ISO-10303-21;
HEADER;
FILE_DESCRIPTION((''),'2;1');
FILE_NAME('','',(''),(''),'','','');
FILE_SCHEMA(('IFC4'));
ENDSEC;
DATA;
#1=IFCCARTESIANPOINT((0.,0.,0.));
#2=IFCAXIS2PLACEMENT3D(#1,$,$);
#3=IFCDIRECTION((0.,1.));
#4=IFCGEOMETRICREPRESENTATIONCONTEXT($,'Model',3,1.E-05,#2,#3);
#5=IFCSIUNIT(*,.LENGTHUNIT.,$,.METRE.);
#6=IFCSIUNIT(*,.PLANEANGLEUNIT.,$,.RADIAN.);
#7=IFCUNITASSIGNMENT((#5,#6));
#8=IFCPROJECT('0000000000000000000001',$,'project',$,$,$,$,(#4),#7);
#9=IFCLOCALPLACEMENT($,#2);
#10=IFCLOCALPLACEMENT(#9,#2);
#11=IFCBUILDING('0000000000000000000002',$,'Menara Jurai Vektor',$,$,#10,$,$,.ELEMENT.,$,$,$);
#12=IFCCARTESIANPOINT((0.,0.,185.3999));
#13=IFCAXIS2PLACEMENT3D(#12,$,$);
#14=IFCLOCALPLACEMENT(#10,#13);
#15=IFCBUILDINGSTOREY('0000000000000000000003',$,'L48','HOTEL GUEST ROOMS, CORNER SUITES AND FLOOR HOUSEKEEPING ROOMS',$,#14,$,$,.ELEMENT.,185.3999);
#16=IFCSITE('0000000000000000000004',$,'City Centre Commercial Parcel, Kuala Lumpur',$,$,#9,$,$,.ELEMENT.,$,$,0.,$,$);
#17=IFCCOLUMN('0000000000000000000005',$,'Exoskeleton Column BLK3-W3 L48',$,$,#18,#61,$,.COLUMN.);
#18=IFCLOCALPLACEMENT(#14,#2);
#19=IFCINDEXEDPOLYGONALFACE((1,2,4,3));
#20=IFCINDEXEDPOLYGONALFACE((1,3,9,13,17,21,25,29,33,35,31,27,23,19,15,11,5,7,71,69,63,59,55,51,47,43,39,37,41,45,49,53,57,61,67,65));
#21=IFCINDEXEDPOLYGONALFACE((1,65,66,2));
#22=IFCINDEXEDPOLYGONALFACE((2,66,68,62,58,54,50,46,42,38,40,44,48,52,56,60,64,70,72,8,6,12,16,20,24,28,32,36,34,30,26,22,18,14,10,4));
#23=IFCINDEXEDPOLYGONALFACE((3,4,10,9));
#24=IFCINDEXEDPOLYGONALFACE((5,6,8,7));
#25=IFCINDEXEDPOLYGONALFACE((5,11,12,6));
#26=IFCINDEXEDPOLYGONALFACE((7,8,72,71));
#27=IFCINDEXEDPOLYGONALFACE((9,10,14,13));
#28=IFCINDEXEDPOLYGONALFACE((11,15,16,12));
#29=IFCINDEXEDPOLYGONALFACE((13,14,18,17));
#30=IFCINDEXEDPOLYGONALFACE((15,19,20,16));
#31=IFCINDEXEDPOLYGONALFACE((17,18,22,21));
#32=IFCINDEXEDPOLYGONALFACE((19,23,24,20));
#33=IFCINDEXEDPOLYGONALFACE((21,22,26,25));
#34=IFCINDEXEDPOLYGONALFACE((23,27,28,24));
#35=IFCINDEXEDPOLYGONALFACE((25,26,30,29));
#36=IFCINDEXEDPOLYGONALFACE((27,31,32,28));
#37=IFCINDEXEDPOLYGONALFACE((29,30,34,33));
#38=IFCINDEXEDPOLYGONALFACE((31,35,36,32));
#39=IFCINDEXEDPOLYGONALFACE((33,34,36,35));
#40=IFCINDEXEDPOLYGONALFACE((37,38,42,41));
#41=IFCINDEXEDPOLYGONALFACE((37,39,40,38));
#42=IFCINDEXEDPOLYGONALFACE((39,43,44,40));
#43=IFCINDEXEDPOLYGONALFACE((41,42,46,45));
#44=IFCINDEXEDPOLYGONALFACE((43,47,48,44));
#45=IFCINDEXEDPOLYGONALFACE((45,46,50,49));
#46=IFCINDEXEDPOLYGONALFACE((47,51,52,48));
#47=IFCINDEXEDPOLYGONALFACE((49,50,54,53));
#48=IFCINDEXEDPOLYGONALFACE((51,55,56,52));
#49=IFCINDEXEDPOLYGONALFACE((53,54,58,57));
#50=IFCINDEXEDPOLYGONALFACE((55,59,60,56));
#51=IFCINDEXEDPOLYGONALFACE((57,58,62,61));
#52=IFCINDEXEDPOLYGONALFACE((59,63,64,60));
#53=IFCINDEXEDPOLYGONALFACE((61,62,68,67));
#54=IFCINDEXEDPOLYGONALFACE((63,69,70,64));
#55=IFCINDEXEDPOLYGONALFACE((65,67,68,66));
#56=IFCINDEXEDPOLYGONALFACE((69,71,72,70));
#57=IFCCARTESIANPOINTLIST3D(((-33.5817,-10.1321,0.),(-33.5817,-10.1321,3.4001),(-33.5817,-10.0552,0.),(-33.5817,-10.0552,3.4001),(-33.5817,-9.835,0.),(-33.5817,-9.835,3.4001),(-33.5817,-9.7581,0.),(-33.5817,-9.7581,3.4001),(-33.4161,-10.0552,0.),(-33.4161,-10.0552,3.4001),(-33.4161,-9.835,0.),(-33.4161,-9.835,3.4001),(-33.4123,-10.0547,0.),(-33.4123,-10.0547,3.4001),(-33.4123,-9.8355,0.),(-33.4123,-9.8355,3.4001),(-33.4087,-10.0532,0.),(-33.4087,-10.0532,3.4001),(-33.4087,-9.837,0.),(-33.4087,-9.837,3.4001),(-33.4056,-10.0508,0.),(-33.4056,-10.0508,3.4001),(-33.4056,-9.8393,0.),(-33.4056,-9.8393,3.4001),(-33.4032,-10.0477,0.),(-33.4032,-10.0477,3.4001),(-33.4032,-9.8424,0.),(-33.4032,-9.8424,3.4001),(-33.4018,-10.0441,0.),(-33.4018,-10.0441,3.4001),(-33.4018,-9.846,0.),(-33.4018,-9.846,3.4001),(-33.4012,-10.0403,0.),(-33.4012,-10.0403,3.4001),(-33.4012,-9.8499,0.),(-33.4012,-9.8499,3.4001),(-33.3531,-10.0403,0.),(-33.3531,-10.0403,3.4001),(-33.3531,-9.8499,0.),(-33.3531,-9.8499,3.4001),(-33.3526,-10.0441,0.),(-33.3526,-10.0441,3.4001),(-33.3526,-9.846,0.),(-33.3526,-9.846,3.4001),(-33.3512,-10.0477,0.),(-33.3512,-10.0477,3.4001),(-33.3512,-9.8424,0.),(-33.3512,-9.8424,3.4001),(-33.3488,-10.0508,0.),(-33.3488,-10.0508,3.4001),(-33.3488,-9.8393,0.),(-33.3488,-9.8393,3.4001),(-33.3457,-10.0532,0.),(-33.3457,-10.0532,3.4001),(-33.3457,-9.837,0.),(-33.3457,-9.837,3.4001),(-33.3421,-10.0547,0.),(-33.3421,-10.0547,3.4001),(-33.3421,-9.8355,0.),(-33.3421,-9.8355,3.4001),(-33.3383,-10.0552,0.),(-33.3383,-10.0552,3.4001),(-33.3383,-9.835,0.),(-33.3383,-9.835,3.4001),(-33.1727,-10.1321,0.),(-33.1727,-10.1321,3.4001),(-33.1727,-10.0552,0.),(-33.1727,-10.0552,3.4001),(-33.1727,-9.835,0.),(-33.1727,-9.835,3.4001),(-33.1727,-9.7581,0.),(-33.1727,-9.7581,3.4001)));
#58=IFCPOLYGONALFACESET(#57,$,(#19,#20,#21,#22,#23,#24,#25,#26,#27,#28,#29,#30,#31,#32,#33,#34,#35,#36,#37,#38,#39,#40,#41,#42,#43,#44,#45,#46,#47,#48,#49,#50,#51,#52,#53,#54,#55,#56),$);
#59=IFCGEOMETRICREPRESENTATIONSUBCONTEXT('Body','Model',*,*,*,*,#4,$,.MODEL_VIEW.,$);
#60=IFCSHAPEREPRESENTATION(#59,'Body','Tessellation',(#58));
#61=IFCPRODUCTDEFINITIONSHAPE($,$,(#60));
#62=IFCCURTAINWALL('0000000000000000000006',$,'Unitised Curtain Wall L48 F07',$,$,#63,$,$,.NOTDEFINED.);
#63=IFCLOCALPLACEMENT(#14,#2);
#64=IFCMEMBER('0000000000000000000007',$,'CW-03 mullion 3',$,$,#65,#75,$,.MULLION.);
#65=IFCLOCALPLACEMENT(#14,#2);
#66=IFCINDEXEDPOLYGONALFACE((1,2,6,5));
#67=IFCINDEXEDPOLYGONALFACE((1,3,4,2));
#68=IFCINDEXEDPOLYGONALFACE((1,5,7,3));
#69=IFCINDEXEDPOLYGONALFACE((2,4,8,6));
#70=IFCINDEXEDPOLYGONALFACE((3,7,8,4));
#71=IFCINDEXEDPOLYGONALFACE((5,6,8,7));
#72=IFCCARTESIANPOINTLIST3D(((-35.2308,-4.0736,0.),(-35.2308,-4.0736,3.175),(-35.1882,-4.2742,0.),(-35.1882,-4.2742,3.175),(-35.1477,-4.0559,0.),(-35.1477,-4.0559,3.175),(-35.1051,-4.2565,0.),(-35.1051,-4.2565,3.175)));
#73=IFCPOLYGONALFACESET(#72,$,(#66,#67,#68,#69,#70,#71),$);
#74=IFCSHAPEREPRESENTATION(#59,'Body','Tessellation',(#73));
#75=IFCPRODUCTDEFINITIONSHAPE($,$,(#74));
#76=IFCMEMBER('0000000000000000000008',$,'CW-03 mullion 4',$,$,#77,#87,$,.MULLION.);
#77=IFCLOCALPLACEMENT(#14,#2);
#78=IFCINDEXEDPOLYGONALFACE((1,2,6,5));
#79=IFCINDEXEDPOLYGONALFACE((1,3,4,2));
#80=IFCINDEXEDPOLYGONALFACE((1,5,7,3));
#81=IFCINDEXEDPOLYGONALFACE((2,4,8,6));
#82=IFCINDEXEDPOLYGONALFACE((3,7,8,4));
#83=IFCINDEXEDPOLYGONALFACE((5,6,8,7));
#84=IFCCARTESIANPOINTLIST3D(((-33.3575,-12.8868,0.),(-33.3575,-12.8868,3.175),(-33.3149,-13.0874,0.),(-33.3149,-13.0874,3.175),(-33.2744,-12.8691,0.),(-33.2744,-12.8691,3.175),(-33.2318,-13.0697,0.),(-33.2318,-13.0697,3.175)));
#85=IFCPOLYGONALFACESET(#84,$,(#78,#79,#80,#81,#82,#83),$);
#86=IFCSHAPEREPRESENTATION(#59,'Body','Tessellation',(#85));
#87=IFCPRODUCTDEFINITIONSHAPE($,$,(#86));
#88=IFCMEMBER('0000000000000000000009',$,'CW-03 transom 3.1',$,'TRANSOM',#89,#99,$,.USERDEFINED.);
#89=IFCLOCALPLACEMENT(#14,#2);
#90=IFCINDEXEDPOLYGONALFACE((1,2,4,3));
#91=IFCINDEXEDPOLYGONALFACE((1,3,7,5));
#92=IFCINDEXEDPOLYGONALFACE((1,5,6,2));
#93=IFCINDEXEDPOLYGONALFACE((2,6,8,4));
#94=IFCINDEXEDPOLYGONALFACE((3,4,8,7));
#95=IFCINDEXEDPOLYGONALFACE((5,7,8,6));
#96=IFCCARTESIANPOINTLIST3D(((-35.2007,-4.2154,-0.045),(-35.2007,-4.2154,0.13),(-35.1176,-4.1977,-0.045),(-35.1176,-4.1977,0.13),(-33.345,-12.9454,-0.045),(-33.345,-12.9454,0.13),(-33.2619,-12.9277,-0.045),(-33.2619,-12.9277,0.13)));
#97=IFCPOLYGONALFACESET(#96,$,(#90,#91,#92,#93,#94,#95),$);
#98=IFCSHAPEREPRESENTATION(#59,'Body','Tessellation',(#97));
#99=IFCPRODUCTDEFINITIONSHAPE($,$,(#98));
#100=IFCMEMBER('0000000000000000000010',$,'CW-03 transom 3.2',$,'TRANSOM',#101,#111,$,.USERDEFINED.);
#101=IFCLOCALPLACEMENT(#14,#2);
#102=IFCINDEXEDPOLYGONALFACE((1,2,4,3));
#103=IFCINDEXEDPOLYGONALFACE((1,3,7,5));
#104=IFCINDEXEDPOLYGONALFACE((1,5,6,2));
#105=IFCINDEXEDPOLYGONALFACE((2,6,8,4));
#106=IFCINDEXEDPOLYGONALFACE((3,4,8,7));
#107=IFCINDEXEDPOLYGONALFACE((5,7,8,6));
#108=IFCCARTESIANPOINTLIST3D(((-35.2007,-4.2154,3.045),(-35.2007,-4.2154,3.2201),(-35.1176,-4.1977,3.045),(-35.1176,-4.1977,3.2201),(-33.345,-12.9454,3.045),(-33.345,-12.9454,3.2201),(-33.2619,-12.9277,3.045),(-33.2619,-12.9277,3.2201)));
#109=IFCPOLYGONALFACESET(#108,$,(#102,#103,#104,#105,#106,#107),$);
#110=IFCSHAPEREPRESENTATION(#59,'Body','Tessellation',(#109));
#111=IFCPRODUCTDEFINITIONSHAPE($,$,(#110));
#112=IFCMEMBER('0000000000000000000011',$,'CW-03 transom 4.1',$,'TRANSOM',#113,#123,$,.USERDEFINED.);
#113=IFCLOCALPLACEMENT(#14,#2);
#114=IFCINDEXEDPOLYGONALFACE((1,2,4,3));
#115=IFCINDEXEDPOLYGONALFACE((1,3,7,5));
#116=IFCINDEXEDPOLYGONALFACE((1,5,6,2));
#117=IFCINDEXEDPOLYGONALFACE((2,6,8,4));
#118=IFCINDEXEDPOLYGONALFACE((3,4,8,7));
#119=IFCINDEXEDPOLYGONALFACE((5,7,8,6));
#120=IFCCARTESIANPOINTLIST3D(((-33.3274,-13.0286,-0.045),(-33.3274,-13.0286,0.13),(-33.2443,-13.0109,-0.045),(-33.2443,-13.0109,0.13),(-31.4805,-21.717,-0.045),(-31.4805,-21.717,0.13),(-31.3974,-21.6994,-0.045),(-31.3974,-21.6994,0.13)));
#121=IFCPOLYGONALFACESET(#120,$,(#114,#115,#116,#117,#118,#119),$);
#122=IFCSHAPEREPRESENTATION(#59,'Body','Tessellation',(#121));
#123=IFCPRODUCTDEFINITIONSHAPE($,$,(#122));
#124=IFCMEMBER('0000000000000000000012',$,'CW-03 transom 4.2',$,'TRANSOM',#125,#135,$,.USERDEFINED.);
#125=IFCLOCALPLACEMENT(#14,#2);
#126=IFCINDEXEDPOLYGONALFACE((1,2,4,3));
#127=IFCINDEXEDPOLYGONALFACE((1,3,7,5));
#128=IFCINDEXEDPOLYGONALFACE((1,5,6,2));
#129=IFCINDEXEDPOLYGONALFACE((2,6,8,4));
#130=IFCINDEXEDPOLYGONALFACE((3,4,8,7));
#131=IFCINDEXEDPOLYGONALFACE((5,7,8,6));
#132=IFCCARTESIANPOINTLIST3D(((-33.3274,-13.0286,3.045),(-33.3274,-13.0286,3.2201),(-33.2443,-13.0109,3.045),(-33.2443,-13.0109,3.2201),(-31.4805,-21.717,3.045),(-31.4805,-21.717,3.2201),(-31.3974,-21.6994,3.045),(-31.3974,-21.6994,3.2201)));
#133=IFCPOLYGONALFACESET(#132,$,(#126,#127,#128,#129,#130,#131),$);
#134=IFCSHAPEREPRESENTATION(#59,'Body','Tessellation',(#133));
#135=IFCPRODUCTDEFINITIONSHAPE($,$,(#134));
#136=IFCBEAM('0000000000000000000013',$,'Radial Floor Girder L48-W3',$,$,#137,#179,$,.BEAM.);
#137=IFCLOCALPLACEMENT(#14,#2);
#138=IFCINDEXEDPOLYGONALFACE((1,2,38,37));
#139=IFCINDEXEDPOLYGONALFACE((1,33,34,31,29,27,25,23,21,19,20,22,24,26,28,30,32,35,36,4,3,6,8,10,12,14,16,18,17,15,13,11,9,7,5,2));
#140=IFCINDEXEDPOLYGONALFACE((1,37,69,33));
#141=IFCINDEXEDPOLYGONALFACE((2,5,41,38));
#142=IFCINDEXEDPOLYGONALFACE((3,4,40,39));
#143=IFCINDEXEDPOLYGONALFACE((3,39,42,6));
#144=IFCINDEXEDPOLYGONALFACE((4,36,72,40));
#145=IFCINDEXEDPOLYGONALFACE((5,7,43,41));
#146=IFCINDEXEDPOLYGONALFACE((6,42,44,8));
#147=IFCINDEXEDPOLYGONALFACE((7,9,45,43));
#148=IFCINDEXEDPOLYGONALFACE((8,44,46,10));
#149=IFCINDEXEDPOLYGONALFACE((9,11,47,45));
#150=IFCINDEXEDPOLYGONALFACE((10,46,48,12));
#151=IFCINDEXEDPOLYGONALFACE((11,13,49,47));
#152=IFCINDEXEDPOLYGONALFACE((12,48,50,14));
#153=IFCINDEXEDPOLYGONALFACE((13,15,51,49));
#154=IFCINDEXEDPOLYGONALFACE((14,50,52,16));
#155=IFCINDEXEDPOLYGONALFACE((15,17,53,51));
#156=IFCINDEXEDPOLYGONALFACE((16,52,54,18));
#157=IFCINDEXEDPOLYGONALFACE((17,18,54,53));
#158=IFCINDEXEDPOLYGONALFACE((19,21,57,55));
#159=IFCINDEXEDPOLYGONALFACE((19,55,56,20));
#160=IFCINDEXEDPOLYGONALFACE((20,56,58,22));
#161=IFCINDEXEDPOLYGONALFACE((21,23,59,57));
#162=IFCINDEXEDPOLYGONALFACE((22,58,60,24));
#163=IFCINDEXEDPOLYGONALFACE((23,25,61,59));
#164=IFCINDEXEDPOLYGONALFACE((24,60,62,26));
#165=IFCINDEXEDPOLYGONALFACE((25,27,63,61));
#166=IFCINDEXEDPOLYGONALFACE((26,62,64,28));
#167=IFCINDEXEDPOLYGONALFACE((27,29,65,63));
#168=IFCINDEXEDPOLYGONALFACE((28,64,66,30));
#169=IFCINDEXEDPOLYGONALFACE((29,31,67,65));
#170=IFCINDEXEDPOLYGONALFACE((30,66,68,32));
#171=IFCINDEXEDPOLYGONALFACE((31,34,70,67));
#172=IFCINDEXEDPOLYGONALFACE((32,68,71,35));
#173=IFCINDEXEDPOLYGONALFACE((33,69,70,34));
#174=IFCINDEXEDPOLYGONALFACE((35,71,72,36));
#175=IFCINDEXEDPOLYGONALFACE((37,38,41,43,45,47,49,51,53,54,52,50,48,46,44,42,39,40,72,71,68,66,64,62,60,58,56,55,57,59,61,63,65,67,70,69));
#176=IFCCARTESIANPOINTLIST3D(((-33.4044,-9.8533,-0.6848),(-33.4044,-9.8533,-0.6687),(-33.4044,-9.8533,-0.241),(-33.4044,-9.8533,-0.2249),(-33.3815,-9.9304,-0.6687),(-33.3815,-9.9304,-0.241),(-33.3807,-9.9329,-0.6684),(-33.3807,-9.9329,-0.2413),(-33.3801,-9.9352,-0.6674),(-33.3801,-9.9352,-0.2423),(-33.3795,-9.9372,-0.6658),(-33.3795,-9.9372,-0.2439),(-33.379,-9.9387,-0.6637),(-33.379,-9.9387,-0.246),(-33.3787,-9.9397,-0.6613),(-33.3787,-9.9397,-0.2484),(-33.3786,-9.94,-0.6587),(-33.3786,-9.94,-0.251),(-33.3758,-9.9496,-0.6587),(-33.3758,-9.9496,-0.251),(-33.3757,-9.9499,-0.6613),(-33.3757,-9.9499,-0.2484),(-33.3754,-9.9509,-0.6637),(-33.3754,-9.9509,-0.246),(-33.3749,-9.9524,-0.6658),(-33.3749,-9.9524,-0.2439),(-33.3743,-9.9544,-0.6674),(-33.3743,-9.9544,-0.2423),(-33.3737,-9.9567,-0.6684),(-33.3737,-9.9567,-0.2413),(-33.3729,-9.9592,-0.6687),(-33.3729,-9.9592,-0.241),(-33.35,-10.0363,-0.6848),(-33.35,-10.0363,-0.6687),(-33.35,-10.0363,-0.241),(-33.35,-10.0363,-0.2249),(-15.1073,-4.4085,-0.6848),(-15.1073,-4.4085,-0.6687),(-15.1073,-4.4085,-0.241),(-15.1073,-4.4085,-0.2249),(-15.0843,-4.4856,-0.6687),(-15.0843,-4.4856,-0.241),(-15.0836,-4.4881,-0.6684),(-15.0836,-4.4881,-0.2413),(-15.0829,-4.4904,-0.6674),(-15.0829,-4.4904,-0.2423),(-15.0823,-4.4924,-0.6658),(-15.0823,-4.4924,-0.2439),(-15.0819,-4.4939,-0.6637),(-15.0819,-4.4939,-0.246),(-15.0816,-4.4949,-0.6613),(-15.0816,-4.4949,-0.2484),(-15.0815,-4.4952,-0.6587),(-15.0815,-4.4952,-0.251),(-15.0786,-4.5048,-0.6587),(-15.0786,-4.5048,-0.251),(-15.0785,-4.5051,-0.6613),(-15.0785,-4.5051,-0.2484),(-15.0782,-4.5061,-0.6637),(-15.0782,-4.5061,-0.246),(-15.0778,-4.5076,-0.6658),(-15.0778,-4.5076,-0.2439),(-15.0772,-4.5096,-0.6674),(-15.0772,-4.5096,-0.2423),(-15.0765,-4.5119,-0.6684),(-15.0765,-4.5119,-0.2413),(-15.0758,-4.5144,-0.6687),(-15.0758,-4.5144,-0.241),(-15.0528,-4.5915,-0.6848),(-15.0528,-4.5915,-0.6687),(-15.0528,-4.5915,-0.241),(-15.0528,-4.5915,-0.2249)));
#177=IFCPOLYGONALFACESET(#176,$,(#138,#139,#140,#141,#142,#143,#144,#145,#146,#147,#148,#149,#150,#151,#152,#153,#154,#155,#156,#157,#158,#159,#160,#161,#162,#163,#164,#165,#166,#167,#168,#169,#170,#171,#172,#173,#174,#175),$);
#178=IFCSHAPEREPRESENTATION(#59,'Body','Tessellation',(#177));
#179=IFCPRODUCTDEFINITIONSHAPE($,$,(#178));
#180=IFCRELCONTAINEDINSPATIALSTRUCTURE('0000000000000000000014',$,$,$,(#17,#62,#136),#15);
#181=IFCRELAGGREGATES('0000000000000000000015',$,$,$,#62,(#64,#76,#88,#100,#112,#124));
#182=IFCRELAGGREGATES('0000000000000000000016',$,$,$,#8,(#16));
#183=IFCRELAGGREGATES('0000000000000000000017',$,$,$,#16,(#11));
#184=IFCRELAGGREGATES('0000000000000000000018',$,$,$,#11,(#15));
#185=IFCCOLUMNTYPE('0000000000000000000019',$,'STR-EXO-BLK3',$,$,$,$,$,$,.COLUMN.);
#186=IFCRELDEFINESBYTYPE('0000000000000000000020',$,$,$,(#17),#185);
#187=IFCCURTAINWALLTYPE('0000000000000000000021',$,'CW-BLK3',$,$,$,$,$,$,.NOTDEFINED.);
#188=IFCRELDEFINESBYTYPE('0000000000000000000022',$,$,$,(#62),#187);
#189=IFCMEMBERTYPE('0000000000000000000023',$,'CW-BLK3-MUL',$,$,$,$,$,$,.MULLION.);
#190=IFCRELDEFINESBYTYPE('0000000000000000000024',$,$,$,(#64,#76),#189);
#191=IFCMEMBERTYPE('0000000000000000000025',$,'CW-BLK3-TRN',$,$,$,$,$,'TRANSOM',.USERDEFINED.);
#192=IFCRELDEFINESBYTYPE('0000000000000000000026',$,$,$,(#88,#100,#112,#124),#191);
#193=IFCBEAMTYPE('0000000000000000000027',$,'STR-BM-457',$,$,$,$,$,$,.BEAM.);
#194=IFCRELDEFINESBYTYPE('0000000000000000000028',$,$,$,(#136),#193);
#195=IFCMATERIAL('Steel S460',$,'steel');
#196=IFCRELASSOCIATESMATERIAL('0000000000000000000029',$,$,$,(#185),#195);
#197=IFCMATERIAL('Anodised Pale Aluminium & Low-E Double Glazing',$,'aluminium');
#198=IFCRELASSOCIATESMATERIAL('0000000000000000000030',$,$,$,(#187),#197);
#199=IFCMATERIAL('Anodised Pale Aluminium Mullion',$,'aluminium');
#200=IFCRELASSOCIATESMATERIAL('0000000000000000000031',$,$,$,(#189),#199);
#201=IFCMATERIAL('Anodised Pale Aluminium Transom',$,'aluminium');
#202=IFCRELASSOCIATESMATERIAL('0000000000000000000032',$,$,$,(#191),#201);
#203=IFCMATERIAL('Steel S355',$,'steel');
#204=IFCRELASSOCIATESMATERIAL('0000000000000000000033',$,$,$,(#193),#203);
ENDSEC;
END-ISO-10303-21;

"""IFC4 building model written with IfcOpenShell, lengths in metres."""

from ifc_helpers import new_model, si_unit, direction, frame, origin, origin_2d, place, context, subcontext, project, spatial, rectangle, i_section, extrude, material, material_profile, profile_set, type_object, element, aggregate, save


model = new_model("IFC4")

# Units and contexts
model_context = context("Model", 3, precision=1e-05, world=origin(), true_north=direction((0.0, 1.0)))
body_context = subcontext(model_context, "Body", "Model", "MODEL_VIEW")
ifc_project = project(units=[si_unit("LENGTHUNIT", "METRE"), si_unit("PLANEANGLEUNIT", "RADIAN")], contexts=[model_context])

# Site, building, storey
site_placement = place(None, origin())
site = spatial("IfcSite", under=ifc_project, at=site_placement, Name="City Centre Commercial Parcel, Kuala Lumpur", CompositionType="ELEMENT", RefElevation=0.0)
building_placement = place(site_placement, origin())
building = spatial("IfcBuilding", under=site, at=building_placement, Name="Menara Jurai Vektor", CompositionType="ELEMENT")
storey_placement = place(building_placement, frame((0.0, 0.0, 185.3999)))
storey = spatial("IfcBuildingStorey", under=building, at=storey_placement, Name="L48", Description="HOTEL GUEST ROOMS, CORNER SUITES AND FLOOR HOUSEKEEPING ROOMS", CompositionType="ELEMENT", Elevation=185.3999)

# Column
ifc_material_1 = material(Name="Steel S460", Category="steel")
ifc_material_profile_1 = material_profile(ifc_material_1, i_section(OverallWidth=0.4089, OverallDepth=0.374, WebThickness=0.0481, FlangeThickness=0.0769, FilletRadius=0.0149, at=origin_2d()), Name="HD 400x634")
ifc_profile_set_1 = profile_set([ifc_material_profile_1], Name="Steel S460")
column_type = type_object("IfcColumnType", Name="STR-EXO-BLK3", PredefinedType="COLUMN", material=ifc_profile_set_1)
column_placement = place(storey_placement, frame((-33.3772, -9.9451, 0.0), z_axis=(0.0, 0.0, 1.0), x_axis=(1.0, 0.0, 0.0)))
element("IfcColumn", 1, at=column_placement, inside=storey, type_object=column_type, Name="Exoskeleton Column BLK3-W3 L48", PredefinedType="COLUMN", context=body_context, shape_type="SweptSolid", body=[
    extrude(i_section(OverallWidth=0.4089, OverallDepth=0.374, WebThickness=0.0481, FlangeThickness=0.0769, FilletRadius=0.0149, at=origin_2d()), origin(), (0.0, 0.0, 1.0), 3.4001),
])

# Curtain wall, members
ifc_material_2 = material(Name="Anodised Pale Aluminium & Low-E Double Glazing", Category="aluminium")
curtain_wall_type = type_object("IfcCurtainWallType", Name="CW-BLK3", PredefinedType="NOTDEFINED", material=ifc_material_2)
curtain_wall_placement = place(storey_placement, origin())
curtain_wall = element("IfcCurtainWall", 2, at=curtain_wall_placement, inside=storey, type_object=curtain_wall_type, Name="Unitised Curtain Wall L48 F07", PredefinedType="NOTDEFINED")
ifc_material_3 = material(Name="Anodised Pale Aluminium Mullion", Category="aluminium")
ifc_material_profile_2 = material_profile(ifc_material_3, rectangle(XDim=0.085, YDim=0.2051, at=origin_2d()), Name="ALU MUL 85x205")
ifc_profile_set_2 = profile_set([ifc_material_profile_2], Name="Anodised Pale Aluminium Mullion")
member_type_1 = type_object("IfcMemberType", Name="CW-BLK3-MUL", PredefinedType="MULLION", material=ifc_profile_set_2)
member_1_placement = place(storey_placement, frame((-35.168, -4.165, 0.0), z_axis=(0.0, 0.0, 1.0), x_axis=(0.978148, 0.20791, 0.0)))
member_1 = element("IfcMember", 3, at=member_1_placement, type_object=member_type_1, Name="CW-03 mullion 3", PredefinedType="MULLION", context=body_context, shape_type="SweptSolid", body=[
    extrude(rectangle(XDim=0.085, YDim=0.2051, at=origin_2d()), origin(), (0.0, 0.0, 1.0), 3.175),
])
member_2_placement = place(storey_placement, frame((-33.2947, -12.9783, 0.0), z_axis=(0.0, 0.0, 1.0), x_axis=(0.978148, 0.20791, 0.0)))
member_2 = element("IfcMember", 4, at=member_2_placement, type_object=member_type_1, Name="CW-03 mullion 4", PredefinedType="MULLION", context=body_context, shape_type="SweptSolid", body=[
    extrude(rectangle(XDim=0.085, YDim=0.2051, at=origin_2d()), origin(), (0.0, 0.0, 1.0), 3.175),
])
ifc_material_4 = material(Name="Anodised Pale Aluminium Transom", Category="aluminium")
ifc_material_profile_3 = material_profile(ifc_material_4, rectangle(XDim=0.085, YDim=0.175, at=origin_2d()), Name="ALU TRN 85x175")
ifc_profile_set_3 = profile_set([ifc_material_profile_3], Name="Anodised Pale Aluminium Transom")
member_type_2 = type_object("IfcMemberType", Name="CW-BLK3-TRN", ElementType="TRANSOM", PredefinedType="USERDEFINED", material=ifc_profile_set_3)
member_3_placement = place(storey_placement, frame((-35.1592, -4.2065, 0.0425), z_axis=(0.207922, -0.978145, 0.0), x_axis=(0.978145, 0.207922, 0.0)))
member_3 = element("IfcMember", 5, at=member_3_placement, type_object=member_type_2, Name="CW-03 transom 3.1", ObjectType="TRANSOM", PredefinedType="USERDEFINED", context=body_context, shape_type="SweptSolid", body=[
    extrude(rectangle(XDim=0.085, YDim=0.175, at=origin_2d()), origin(), (0.0, 0.0, 1.0), 8.925),
])
member_4_placement = place(storey_placement, frame((-35.1592, -4.2065, 3.1326), z_axis=(0.207922, -0.978145, 0.0), x_axis=(0.978145, 0.207922, 0.0)))
member_4 = element("IfcMember", 6, at=member_4_placement, type_object=member_type_2, Name="CW-03 transom 3.2", ObjectType="TRANSOM", PredefinedType="USERDEFINED", context=body_context, shape_type="SweptSolid", body=[
    extrude(rectangle(XDim=0.085, YDim=0.175, at=origin_2d()), origin(), (0.0, 0.0, 1.0), 8.925),
])
member_5_placement = place(storey_placement, frame((-33.2859, -13.0198, 0.0425), z_axis=(0.207926, -0.978145, 0.0), x_axis=(0.978145, 0.207926, 0.0)))
member_5 = element("IfcMember", 7, at=member_5_placement, type_object=member_type_2, Name="CW-03 transom 4.1", ObjectType="TRANSOM", PredefinedType="USERDEFINED", context=body_context, shape_type="SweptSolid", body=[
    extrude(rectangle(XDim=0.085, YDim=0.175, at=origin_2d()), origin(), (0.0, 0.0, 1.0), 8.8826),
])
member_6_placement = place(storey_placement, frame((-33.2859, -13.0198, 3.1326), z_axis=(0.207926, -0.978145, 0.0), x_axis=(0.978145, 0.207926, 0.0)))
member_6 = element("IfcMember", 8, at=member_6_placement, type_object=member_type_2, Name="CW-03 transom 4.2", ObjectType="TRANSOM", PredefinedType="USERDEFINED", context=body_context, shape_type="SweptSolid", body=[
    extrude(rectangle(XDim=0.085, YDim=0.175, at=origin_2d()), origin(), (0.0, 0.0, 1.0), 8.8826),
])

# Beam
ifc_material_5 = material(Name="Steel S355", Category="steel")
ifc_material_profile_4 = material_profile(ifc_material_5, i_section(OverallWidth=0.1909, OverallDepth=0.46, WebThickness=0.01, FlangeThickness=0.0161, FilletRadius=0.01, at=origin_2d()), Name="UKB 457x191x82")
ifc_profile_set_4 = profile_set([ifc_material_profile_4], Name="Steel S355")
beam_type_1 = type_object("IfcBeamType", Name="STR-BM-457", PredefinedType="BEAM", material=ifc_profile_set_4)
beam_1_placement = place(storey_placement, frame((-33.3772, -9.9448, -0.4548), z_axis=(0.958463, 0.285218, 0.0), x_axis=(-0.285218, 0.958463, 0.0)))
element("IfcBeam", 9, at=beam_1_placement, inside=storey, type_object=beam_type_1, Name="Radial Floor Girder L48-W3", PredefinedType="BEAM", context=body_context, shape_type="SweptSolid", body=[
    extrude(i_section(OverallWidth=0.1909, OverallDepth=0.46, WebThickness=0.01, FlangeThickness=0.0161, FilletRadius=0.01, at=origin_2d()), origin(), (0.0, 0.0, 1.0), 19.0901),
])

aggregate(curtain_wall, [member_1, member_2, member_3, member_4, member_5, member_6])

save(model, "model.ifc")
